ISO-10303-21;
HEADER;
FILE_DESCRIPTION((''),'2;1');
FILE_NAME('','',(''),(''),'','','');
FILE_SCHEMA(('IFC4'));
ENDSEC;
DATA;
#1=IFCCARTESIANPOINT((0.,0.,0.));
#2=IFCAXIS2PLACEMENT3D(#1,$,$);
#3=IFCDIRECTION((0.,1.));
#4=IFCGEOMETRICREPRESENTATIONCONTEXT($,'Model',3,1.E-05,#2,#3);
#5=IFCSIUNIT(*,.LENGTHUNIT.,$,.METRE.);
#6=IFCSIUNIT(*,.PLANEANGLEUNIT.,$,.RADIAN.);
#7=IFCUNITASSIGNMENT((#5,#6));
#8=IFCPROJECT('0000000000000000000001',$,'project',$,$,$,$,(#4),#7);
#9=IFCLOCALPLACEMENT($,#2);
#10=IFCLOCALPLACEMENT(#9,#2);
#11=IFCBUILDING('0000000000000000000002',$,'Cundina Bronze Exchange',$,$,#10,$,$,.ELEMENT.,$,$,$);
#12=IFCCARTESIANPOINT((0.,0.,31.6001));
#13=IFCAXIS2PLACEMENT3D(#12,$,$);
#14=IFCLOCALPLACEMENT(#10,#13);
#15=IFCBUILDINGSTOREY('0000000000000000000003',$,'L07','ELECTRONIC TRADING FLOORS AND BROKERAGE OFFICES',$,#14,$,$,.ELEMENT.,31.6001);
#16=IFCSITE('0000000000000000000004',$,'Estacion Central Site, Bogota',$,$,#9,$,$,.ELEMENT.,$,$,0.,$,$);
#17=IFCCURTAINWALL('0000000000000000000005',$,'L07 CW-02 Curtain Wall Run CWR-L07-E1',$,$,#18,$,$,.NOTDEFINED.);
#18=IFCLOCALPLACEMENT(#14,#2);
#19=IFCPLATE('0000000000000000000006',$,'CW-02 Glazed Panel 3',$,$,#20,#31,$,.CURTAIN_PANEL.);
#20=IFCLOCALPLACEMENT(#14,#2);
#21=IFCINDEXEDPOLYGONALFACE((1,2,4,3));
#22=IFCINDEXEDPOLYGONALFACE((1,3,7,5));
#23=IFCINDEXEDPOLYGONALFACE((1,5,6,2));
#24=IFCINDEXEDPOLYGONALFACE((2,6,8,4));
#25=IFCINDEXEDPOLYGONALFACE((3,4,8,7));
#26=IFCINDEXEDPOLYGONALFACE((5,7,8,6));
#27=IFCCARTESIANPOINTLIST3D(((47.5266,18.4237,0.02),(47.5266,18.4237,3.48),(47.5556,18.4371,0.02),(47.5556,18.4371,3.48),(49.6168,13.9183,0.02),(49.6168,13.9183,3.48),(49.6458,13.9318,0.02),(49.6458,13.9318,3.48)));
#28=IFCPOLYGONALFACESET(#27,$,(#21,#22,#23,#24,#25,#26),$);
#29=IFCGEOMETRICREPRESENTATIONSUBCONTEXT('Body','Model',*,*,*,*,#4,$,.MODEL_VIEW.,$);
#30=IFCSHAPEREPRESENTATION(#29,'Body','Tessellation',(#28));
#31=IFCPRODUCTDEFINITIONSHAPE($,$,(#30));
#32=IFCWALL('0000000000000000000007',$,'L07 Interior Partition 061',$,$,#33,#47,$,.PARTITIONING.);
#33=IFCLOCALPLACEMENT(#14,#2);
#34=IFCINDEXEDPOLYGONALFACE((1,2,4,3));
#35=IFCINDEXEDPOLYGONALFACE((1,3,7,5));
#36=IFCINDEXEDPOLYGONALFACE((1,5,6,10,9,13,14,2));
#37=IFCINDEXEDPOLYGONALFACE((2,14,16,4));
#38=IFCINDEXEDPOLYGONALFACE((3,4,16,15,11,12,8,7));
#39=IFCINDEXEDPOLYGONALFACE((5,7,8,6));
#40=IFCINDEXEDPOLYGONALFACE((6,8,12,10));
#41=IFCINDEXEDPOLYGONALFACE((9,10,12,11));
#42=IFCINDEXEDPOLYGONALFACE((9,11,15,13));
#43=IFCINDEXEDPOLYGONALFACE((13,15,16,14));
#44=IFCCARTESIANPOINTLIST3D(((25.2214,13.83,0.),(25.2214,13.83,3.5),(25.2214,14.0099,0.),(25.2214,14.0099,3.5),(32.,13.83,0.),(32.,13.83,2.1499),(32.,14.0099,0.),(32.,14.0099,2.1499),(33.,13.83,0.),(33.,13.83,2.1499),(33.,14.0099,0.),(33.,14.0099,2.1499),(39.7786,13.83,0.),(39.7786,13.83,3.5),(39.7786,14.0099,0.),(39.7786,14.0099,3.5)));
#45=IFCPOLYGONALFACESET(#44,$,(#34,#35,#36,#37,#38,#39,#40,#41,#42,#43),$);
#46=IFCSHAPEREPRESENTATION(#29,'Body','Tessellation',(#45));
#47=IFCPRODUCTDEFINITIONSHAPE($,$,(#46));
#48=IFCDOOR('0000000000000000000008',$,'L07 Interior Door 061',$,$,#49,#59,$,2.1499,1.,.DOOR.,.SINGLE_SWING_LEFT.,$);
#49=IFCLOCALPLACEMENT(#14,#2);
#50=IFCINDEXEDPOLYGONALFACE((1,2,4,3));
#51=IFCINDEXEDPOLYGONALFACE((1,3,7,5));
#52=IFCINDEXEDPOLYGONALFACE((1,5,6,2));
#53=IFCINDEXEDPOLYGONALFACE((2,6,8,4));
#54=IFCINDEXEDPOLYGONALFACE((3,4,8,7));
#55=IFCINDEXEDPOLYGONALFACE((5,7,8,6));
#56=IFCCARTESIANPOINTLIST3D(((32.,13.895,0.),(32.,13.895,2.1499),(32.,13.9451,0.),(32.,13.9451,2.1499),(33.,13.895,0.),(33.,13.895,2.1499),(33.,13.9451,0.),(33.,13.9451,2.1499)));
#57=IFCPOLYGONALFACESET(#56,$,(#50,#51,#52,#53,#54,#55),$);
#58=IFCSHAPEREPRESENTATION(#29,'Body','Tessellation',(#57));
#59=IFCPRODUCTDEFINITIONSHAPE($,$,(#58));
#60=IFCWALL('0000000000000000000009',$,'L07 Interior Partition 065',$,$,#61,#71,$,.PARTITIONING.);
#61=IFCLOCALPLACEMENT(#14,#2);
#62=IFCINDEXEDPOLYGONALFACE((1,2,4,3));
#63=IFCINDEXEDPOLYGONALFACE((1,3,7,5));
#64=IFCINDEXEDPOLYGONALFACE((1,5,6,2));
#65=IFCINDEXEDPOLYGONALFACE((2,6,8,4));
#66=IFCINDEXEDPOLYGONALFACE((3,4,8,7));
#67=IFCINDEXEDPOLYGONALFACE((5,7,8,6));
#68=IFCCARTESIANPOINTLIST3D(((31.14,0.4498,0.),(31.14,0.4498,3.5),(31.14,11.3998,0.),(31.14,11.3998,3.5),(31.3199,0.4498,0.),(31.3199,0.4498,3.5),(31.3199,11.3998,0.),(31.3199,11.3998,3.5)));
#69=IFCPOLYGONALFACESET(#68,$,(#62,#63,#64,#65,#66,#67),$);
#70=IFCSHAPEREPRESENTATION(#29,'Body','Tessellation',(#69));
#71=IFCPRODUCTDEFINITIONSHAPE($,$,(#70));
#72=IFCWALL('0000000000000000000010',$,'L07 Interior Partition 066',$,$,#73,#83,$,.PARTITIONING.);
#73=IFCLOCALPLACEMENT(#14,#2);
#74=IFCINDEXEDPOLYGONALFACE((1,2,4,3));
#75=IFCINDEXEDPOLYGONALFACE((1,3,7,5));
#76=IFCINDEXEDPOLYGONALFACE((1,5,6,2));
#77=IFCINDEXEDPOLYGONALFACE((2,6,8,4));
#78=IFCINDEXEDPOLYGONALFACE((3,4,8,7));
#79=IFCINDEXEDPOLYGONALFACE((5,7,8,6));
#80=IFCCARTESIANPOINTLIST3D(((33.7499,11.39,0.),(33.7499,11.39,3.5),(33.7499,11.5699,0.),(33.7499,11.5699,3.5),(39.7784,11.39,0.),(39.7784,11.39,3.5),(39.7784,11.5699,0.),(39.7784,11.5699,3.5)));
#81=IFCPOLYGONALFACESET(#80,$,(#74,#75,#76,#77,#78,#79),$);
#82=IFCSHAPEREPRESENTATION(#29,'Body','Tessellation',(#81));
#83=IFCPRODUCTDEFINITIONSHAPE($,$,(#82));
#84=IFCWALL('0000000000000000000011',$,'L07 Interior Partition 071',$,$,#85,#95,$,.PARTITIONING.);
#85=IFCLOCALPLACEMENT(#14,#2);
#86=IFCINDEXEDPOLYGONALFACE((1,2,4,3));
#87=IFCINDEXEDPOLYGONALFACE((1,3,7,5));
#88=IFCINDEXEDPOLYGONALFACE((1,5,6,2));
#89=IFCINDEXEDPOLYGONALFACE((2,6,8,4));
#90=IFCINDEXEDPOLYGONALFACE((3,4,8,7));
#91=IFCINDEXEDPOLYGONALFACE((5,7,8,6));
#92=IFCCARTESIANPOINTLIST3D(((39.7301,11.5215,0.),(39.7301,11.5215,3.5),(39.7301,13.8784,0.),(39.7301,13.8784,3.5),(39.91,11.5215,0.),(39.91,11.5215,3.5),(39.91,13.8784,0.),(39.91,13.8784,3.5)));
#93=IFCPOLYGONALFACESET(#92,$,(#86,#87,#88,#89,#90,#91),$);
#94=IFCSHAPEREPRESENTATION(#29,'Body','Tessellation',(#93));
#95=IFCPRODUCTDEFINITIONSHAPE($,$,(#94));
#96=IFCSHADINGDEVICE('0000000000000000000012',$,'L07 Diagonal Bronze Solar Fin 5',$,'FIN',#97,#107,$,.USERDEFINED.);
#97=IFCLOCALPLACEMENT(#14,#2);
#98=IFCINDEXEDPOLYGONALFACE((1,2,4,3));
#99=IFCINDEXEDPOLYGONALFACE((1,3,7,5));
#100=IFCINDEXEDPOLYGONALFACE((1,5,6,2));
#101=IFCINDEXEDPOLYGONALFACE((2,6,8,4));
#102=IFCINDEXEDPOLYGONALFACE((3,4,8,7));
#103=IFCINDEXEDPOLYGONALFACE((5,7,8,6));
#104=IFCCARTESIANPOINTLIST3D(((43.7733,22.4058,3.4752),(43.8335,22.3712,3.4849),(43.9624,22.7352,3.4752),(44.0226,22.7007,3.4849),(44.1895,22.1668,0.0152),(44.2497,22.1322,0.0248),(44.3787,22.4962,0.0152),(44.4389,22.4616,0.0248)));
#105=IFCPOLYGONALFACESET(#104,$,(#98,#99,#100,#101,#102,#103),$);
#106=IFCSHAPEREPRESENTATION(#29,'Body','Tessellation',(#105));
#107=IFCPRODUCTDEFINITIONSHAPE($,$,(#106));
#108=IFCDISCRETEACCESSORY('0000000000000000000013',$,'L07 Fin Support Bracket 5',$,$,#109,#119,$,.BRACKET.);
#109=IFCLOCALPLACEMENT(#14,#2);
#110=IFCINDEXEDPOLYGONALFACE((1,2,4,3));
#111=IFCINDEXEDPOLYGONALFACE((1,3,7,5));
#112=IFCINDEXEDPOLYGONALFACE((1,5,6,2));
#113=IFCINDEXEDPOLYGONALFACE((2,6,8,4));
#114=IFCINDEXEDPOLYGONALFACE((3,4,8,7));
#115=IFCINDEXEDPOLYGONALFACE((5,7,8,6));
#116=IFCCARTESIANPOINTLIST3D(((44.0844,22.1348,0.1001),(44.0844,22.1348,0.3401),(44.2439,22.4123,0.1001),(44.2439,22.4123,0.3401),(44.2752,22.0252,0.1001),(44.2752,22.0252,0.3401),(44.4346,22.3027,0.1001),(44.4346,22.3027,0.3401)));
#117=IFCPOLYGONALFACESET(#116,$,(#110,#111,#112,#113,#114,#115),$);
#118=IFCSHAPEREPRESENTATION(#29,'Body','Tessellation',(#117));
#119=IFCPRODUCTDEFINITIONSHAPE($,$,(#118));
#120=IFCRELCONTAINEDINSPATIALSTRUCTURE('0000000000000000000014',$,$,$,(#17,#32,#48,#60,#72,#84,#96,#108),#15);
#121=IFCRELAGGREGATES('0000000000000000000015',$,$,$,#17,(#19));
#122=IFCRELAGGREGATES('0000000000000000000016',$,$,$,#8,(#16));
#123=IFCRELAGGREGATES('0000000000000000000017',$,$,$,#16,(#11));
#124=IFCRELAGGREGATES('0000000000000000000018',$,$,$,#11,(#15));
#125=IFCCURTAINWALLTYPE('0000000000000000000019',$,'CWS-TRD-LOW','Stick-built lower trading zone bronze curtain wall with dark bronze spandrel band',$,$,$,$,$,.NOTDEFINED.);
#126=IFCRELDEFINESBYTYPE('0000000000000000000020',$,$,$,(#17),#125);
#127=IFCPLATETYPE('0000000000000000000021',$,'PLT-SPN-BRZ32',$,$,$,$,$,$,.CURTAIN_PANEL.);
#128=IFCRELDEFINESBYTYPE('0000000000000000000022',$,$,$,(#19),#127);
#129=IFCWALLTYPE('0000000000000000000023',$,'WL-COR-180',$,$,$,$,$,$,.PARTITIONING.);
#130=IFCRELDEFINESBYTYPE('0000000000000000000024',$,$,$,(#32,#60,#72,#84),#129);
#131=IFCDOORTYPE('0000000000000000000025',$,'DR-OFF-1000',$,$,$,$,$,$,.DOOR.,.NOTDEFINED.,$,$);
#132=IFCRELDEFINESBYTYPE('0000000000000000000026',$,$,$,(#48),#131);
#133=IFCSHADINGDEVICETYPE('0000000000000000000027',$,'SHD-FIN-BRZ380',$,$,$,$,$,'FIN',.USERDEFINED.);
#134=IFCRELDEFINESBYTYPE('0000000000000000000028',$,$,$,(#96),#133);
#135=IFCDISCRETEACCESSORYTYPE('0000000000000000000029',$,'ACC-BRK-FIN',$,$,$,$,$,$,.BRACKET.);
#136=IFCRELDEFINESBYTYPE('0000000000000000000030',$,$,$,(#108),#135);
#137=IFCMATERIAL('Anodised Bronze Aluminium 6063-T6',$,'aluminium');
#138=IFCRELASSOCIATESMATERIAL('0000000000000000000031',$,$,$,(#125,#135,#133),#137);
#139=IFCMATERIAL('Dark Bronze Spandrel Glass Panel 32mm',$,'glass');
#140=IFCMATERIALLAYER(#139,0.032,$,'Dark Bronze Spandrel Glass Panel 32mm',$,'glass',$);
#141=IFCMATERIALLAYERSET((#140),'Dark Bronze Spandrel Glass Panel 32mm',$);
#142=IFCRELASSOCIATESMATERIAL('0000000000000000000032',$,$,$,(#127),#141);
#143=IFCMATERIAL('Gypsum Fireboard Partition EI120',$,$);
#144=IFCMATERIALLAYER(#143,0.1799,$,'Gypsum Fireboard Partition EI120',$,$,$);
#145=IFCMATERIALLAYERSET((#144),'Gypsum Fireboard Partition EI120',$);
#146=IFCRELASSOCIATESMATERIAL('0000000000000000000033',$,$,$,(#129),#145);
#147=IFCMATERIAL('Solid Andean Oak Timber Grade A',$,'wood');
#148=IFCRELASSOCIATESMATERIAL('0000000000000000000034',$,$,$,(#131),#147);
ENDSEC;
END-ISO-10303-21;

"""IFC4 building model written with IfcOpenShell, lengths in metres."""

from ifc_helpers import new_model, si_unit, direction, frame, frame_2d, origin, origin_2d, place, context, subcontext, project, spatial, rectangle, extrude, material, layer, layer_set, material_profile, profile_set, type_object, element, fill, aggregate, save


model = new_model("IFC4")

# Units and contexts
model_context = context("Model", 3, precision=1e-05, world=origin(), true_north=direction((0.0, 1.0)))
body_context = subcontext(model_context, "Body", "Model", "MODEL_VIEW")
ifc_project = project(units=[si_unit("LENGTHUNIT", "METRE"), si_unit("PLANEANGLEUNIT", "RADIAN")], contexts=[model_context])

# Site, building, storey
site_placement = place(None, origin())
site = spatial("IfcSite", under=ifc_project, at=site_placement, Name="Estacion Central Site, Bogota", CompositionType="ELEMENT", RefElevation=0.0)
building_placement = place(site_placement, origin())
building = spatial("IfcBuilding", under=site, at=building_placement, Name="Cundina Bronze Exchange", CompositionType="ELEMENT")
storey_placement = place(building_placement, frame((0.0, 0.0, 31.6001)))
storey = spatial("IfcBuildingStorey", under=building, at=storey_placement, Name="L07", Description="ELECTRONIC TRADING FLOORS AND BROKERAGE OFFICES", CompositionType="ELEMENT", Elevation=31.6001)

# Curtain wall, plate
ifc_material_1 = material(Name="Anodised Bronze Aluminium 6063-T6", Category="aluminium")
curtain_wall_type = type_object("IfcCurtainWallType", Name="CWS-TRD-LOW", Description="Stick-built lower trading zone bronze curtain wall with dark bronze spandrel band", PredefinedType="NOTDEFINED", material=ifc_material_1)
curtain_wall_placement = place(storey_placement, origin())
curtain_wall = element("IfcCurtainWall", 1, at=curtain_wall_placement, inside=storey, type_object=curtain_wall_type, Name="L07 CW-02 Curtain Wall Run CWR-L07-E1", PredefinedType="NOTDEFINED")
ifc_material_2 = material(Name="Dark Bronze Spandrel Glass Panel 32mm", Category="glass")
ifc_layer_1 = layer(ifc_material_2, 0.032, Name="Dark Bronze Spandrel Glass Panel 32mm", Category="glass")
ifc_layer_set_1 = layer_set([ifc_layer_1], Name="Dark Bronze Spandrel Glass Panel 32mm")
plate_type_1 = type_object("IfcPlateType", Name="PLT-SPN-BRZ32", PredefinedType="CURTAIN_PANEL", material=ifc_layer_set_1)
plate_1_placement = place(storey_placement, frame((48.5862, 16.1777, 0.02), z_axis=(0.0, 0.0, 1.0), x_axis=(-0.420846, 0.907132, 0.0)))
plate_1 = element("IfcPlate", 2, at=plate_1_placement, type_object=plate_type_1, Name="CW-02 Glazed Panel 3", PredefinedType="CURTAIN_PANEL", context=body_context, shape_type="SweptSolid", body=[
    extrude(rectangle(XDim=4.9666, YDim=0.032, at=origin_2d()), origin(), (0.0, 0.0, 1.0), 3.46),
])
aggregate(curtain_wall, [plate_1])

# Wall, opening, door
ifc_material_3 = material(Name="Gypsum Fireboard Partition EI120")
ifc_layer_2 = layer(ifc_material_3, 0.1799, Name="Gypsum Fireboard Partition EI120")
ifc_layer_set_2 = layer_set([ifc_layer_2], Name="Gypsum Fireboard Partition EI120")
wall_type = type_object("IfcWallType", Name="WL-COR-180", PredefinedType="PARTITIONING", material=ifc_layer_set_2)
wall_1_placement = place(storey_placement, frame((39.7786, 13.9199, 0.0), z_axis=(0.0, 0.0, 1.0), x_axis=(-1.0, 0.0, 0.0)))
wall_1 = element("IfcWall", 3, at=wall_1_placement, inside=storey, type_object=wall_type, Name="L07 Interior Partition 061", PredefinedType="PARTITIONING", context=body_context, shape_type="SweptSolid", body=[
    extrude(rectangle(XDim=14.5571, YDim=0.1799, at=frame_2d((7.2786, 0.0))), origin(), (0.0, 0.0, 1.0), 3.5),
])
opening_placement = place(wall_1_placement, frame((6.7786, 0.0, 0.0)))
opening = element("IfcOpeningElement", 4, at=opening_placement, cuts=wall_1, PredefinedType="OPENING", context=body_context, shape_type="SweptSolid", body=[
    extrude(rectangle(XDim=1.0, YDim=2.1499, at=frame_2d((0.5, 1.075))), frame((0.0, 0.0999, 0.0), z_axis=(0.0, -1.0, 0.0), x_axis=(1.0, 0.0, 0.0)), (0.0, 0.0, 1.0), 0.2),
])
ifc_material_4 = material(Name="Solid Andean Oak Timber Grade A", Category="wood")
door_type = type_object("IfcDoorType", Name="DR-OFF-1000", OperationType="NOTDEFINED", PredefinedType="DOOR", material=ifc_material_4)
door_placement = place(opening_placement, origin())
door = element("IfcDoor", 5, at=door_placement, inside=storey, type_object=door_type, Name="L07 Interior Door 061", OperationType="SINGLE_SWING_LEFT", OverallHeight=2.1499, OverallWidth=1.0, PredefinedType="DOOR", context=body_context, shape_type="SweptSolid", body=[
    extrude(rectangle(XDim=1.0, YDim=2.1499, at=frame_2d((0.5, 1.075))), frame((0.0, 0.0249, 0.0), z_axis=(0.0, -1.0, 0.0), x_axis=(1.0, 0.0, 0.0)), (0.0, 0.0, 1.0), 0.05),
])
fill(opening, door)

# Walls
wall_2_placement = place(storey_placement, frame((31.23, 11.3999, 0.0), z_axis=(0.0, 0.0, 1.0), x_axis=(0.0, -1.0, 0.0)))
element("IfcWall", 6, at=wall_2_placement, inside=storey, type_object=wall_type, Name="L07 Interior Partition 065", PredefinedType="PARTITIONING", context=body_context, shape_type="SweptSolid", body=[
    extrude(rectangle(XDim=10.95, YDim=0.1799, at=frame_2d((5.4751, 0.0))), origin(), (0.0, 0.0, 1.0), 3.5),
])
wall_3_placement = place(storey_placement, frame((33.75, 11.48, 0.0), z_axis=(0.0, 0.0, 1.0), x_axis=(1.0, 0.0, 0.0)))
element("IfcWall", 7, at=wall_3_placement, inside=storey, type_object=wall_type, Name="L07 Interior Partition 066", PredefinedType="PARTITIONING", context=body_context, shape_type="SweptSolid", body=[
    extrude(rectangle(XDim=6.0286, YDim=0.1799, at=frame_2d((3.0142, 0.0))), origin(), (0.0, 0.0, 1.0), 3.5),
])
wall_4_placement = place(storey_placement, frame((39.8201, 11.5215, 0.0), z_axis=(0.0, 0.0, 1.0), x_axis=(0.0, 1.0, 0.0)))
element("IfcWall", 8, at=wall_4_placement, inside=storey, type_object=wall_type, Name="L07 Interior Partition 071", PredefinedType="PARTITIONING", context=body_context, shape_type="SweptSolid", body=[
    extrude(rectangle(XDim=2.3569, YDim=0.1799, at=frame_2d((1.1785, 0.0))), origin(), (0.0, 0.0, 1.0), 3.5),
])

# Shading device
ifc_material_profile_1 = material_profile(ifc_material_1, rectangle(XDim=0.0701, YDim=0.3799, at=origin_2d()), Name="FIN70X380", Category="aluminium")
ifc_profile_set_1 = profile_set([ifc_material_profile_1], Name="Anodised Bronze Aluminium 6063-T6")
shading_device_type = type_object("IfcShadingDeviceType", Name="SHD-FIN-BRZ380", ElementType="FIN", PredefinedType="USERDEFINED", material=ifc_profile_set_1)
shading_device_placement = place(storey_placement, frame((44.3142, 22.3142, 0.02), z_axis=(-0.119166, 0.068425, 0.990514), x_axis=(0.858982, -0.493222, 0.137414)))
element("IfcShadingDevice", 9, at=shading_device_placement, inside=storey, type_object=shading_device_type, Name="L07 Diagonal Bronze Solar Fin 5", ObjectType="FIN", PredefinedType="USERDEFINED", context=body_context, shape_type="SweptSolid", body=[
    extrude(rectangle(XDim=0.0701, YDim=0.3799, at=origin_2d()), origin(), (0.0, 0.0, 1.0), 3.4932),
])

# Discrete accessory
discrete_accessory_type = type_object("IfcDiscreteAccessoryType", Name="ACC-BRK-FIN", PredefinedType="BRACKET", material=ifc_material_1)
discrete_accessory_placement = place(storey_placement, frame((44.2595, 22.2188, 0.1001), z_axis=(0.0, 0.0, 1.0), x_axis=(-0.867105, 0.498125, 0.0)))
element("IfcDiscreteAccessory", 10, at=discrete_accessory_placement, inside=storey, type_object=discrete_accessory_type, Name="L07 Fin Support Bracket 5", PredefinedType="BRACKET", context=body_context, shape_type="SweptSolid", body=[
    extrude(rectangle(XDim=0.22, YDim=0.3201, at=origin_2d()), origin(), (0.0, 0.0, 1.0), 0.24),
])

save(model, "model.ifc")
